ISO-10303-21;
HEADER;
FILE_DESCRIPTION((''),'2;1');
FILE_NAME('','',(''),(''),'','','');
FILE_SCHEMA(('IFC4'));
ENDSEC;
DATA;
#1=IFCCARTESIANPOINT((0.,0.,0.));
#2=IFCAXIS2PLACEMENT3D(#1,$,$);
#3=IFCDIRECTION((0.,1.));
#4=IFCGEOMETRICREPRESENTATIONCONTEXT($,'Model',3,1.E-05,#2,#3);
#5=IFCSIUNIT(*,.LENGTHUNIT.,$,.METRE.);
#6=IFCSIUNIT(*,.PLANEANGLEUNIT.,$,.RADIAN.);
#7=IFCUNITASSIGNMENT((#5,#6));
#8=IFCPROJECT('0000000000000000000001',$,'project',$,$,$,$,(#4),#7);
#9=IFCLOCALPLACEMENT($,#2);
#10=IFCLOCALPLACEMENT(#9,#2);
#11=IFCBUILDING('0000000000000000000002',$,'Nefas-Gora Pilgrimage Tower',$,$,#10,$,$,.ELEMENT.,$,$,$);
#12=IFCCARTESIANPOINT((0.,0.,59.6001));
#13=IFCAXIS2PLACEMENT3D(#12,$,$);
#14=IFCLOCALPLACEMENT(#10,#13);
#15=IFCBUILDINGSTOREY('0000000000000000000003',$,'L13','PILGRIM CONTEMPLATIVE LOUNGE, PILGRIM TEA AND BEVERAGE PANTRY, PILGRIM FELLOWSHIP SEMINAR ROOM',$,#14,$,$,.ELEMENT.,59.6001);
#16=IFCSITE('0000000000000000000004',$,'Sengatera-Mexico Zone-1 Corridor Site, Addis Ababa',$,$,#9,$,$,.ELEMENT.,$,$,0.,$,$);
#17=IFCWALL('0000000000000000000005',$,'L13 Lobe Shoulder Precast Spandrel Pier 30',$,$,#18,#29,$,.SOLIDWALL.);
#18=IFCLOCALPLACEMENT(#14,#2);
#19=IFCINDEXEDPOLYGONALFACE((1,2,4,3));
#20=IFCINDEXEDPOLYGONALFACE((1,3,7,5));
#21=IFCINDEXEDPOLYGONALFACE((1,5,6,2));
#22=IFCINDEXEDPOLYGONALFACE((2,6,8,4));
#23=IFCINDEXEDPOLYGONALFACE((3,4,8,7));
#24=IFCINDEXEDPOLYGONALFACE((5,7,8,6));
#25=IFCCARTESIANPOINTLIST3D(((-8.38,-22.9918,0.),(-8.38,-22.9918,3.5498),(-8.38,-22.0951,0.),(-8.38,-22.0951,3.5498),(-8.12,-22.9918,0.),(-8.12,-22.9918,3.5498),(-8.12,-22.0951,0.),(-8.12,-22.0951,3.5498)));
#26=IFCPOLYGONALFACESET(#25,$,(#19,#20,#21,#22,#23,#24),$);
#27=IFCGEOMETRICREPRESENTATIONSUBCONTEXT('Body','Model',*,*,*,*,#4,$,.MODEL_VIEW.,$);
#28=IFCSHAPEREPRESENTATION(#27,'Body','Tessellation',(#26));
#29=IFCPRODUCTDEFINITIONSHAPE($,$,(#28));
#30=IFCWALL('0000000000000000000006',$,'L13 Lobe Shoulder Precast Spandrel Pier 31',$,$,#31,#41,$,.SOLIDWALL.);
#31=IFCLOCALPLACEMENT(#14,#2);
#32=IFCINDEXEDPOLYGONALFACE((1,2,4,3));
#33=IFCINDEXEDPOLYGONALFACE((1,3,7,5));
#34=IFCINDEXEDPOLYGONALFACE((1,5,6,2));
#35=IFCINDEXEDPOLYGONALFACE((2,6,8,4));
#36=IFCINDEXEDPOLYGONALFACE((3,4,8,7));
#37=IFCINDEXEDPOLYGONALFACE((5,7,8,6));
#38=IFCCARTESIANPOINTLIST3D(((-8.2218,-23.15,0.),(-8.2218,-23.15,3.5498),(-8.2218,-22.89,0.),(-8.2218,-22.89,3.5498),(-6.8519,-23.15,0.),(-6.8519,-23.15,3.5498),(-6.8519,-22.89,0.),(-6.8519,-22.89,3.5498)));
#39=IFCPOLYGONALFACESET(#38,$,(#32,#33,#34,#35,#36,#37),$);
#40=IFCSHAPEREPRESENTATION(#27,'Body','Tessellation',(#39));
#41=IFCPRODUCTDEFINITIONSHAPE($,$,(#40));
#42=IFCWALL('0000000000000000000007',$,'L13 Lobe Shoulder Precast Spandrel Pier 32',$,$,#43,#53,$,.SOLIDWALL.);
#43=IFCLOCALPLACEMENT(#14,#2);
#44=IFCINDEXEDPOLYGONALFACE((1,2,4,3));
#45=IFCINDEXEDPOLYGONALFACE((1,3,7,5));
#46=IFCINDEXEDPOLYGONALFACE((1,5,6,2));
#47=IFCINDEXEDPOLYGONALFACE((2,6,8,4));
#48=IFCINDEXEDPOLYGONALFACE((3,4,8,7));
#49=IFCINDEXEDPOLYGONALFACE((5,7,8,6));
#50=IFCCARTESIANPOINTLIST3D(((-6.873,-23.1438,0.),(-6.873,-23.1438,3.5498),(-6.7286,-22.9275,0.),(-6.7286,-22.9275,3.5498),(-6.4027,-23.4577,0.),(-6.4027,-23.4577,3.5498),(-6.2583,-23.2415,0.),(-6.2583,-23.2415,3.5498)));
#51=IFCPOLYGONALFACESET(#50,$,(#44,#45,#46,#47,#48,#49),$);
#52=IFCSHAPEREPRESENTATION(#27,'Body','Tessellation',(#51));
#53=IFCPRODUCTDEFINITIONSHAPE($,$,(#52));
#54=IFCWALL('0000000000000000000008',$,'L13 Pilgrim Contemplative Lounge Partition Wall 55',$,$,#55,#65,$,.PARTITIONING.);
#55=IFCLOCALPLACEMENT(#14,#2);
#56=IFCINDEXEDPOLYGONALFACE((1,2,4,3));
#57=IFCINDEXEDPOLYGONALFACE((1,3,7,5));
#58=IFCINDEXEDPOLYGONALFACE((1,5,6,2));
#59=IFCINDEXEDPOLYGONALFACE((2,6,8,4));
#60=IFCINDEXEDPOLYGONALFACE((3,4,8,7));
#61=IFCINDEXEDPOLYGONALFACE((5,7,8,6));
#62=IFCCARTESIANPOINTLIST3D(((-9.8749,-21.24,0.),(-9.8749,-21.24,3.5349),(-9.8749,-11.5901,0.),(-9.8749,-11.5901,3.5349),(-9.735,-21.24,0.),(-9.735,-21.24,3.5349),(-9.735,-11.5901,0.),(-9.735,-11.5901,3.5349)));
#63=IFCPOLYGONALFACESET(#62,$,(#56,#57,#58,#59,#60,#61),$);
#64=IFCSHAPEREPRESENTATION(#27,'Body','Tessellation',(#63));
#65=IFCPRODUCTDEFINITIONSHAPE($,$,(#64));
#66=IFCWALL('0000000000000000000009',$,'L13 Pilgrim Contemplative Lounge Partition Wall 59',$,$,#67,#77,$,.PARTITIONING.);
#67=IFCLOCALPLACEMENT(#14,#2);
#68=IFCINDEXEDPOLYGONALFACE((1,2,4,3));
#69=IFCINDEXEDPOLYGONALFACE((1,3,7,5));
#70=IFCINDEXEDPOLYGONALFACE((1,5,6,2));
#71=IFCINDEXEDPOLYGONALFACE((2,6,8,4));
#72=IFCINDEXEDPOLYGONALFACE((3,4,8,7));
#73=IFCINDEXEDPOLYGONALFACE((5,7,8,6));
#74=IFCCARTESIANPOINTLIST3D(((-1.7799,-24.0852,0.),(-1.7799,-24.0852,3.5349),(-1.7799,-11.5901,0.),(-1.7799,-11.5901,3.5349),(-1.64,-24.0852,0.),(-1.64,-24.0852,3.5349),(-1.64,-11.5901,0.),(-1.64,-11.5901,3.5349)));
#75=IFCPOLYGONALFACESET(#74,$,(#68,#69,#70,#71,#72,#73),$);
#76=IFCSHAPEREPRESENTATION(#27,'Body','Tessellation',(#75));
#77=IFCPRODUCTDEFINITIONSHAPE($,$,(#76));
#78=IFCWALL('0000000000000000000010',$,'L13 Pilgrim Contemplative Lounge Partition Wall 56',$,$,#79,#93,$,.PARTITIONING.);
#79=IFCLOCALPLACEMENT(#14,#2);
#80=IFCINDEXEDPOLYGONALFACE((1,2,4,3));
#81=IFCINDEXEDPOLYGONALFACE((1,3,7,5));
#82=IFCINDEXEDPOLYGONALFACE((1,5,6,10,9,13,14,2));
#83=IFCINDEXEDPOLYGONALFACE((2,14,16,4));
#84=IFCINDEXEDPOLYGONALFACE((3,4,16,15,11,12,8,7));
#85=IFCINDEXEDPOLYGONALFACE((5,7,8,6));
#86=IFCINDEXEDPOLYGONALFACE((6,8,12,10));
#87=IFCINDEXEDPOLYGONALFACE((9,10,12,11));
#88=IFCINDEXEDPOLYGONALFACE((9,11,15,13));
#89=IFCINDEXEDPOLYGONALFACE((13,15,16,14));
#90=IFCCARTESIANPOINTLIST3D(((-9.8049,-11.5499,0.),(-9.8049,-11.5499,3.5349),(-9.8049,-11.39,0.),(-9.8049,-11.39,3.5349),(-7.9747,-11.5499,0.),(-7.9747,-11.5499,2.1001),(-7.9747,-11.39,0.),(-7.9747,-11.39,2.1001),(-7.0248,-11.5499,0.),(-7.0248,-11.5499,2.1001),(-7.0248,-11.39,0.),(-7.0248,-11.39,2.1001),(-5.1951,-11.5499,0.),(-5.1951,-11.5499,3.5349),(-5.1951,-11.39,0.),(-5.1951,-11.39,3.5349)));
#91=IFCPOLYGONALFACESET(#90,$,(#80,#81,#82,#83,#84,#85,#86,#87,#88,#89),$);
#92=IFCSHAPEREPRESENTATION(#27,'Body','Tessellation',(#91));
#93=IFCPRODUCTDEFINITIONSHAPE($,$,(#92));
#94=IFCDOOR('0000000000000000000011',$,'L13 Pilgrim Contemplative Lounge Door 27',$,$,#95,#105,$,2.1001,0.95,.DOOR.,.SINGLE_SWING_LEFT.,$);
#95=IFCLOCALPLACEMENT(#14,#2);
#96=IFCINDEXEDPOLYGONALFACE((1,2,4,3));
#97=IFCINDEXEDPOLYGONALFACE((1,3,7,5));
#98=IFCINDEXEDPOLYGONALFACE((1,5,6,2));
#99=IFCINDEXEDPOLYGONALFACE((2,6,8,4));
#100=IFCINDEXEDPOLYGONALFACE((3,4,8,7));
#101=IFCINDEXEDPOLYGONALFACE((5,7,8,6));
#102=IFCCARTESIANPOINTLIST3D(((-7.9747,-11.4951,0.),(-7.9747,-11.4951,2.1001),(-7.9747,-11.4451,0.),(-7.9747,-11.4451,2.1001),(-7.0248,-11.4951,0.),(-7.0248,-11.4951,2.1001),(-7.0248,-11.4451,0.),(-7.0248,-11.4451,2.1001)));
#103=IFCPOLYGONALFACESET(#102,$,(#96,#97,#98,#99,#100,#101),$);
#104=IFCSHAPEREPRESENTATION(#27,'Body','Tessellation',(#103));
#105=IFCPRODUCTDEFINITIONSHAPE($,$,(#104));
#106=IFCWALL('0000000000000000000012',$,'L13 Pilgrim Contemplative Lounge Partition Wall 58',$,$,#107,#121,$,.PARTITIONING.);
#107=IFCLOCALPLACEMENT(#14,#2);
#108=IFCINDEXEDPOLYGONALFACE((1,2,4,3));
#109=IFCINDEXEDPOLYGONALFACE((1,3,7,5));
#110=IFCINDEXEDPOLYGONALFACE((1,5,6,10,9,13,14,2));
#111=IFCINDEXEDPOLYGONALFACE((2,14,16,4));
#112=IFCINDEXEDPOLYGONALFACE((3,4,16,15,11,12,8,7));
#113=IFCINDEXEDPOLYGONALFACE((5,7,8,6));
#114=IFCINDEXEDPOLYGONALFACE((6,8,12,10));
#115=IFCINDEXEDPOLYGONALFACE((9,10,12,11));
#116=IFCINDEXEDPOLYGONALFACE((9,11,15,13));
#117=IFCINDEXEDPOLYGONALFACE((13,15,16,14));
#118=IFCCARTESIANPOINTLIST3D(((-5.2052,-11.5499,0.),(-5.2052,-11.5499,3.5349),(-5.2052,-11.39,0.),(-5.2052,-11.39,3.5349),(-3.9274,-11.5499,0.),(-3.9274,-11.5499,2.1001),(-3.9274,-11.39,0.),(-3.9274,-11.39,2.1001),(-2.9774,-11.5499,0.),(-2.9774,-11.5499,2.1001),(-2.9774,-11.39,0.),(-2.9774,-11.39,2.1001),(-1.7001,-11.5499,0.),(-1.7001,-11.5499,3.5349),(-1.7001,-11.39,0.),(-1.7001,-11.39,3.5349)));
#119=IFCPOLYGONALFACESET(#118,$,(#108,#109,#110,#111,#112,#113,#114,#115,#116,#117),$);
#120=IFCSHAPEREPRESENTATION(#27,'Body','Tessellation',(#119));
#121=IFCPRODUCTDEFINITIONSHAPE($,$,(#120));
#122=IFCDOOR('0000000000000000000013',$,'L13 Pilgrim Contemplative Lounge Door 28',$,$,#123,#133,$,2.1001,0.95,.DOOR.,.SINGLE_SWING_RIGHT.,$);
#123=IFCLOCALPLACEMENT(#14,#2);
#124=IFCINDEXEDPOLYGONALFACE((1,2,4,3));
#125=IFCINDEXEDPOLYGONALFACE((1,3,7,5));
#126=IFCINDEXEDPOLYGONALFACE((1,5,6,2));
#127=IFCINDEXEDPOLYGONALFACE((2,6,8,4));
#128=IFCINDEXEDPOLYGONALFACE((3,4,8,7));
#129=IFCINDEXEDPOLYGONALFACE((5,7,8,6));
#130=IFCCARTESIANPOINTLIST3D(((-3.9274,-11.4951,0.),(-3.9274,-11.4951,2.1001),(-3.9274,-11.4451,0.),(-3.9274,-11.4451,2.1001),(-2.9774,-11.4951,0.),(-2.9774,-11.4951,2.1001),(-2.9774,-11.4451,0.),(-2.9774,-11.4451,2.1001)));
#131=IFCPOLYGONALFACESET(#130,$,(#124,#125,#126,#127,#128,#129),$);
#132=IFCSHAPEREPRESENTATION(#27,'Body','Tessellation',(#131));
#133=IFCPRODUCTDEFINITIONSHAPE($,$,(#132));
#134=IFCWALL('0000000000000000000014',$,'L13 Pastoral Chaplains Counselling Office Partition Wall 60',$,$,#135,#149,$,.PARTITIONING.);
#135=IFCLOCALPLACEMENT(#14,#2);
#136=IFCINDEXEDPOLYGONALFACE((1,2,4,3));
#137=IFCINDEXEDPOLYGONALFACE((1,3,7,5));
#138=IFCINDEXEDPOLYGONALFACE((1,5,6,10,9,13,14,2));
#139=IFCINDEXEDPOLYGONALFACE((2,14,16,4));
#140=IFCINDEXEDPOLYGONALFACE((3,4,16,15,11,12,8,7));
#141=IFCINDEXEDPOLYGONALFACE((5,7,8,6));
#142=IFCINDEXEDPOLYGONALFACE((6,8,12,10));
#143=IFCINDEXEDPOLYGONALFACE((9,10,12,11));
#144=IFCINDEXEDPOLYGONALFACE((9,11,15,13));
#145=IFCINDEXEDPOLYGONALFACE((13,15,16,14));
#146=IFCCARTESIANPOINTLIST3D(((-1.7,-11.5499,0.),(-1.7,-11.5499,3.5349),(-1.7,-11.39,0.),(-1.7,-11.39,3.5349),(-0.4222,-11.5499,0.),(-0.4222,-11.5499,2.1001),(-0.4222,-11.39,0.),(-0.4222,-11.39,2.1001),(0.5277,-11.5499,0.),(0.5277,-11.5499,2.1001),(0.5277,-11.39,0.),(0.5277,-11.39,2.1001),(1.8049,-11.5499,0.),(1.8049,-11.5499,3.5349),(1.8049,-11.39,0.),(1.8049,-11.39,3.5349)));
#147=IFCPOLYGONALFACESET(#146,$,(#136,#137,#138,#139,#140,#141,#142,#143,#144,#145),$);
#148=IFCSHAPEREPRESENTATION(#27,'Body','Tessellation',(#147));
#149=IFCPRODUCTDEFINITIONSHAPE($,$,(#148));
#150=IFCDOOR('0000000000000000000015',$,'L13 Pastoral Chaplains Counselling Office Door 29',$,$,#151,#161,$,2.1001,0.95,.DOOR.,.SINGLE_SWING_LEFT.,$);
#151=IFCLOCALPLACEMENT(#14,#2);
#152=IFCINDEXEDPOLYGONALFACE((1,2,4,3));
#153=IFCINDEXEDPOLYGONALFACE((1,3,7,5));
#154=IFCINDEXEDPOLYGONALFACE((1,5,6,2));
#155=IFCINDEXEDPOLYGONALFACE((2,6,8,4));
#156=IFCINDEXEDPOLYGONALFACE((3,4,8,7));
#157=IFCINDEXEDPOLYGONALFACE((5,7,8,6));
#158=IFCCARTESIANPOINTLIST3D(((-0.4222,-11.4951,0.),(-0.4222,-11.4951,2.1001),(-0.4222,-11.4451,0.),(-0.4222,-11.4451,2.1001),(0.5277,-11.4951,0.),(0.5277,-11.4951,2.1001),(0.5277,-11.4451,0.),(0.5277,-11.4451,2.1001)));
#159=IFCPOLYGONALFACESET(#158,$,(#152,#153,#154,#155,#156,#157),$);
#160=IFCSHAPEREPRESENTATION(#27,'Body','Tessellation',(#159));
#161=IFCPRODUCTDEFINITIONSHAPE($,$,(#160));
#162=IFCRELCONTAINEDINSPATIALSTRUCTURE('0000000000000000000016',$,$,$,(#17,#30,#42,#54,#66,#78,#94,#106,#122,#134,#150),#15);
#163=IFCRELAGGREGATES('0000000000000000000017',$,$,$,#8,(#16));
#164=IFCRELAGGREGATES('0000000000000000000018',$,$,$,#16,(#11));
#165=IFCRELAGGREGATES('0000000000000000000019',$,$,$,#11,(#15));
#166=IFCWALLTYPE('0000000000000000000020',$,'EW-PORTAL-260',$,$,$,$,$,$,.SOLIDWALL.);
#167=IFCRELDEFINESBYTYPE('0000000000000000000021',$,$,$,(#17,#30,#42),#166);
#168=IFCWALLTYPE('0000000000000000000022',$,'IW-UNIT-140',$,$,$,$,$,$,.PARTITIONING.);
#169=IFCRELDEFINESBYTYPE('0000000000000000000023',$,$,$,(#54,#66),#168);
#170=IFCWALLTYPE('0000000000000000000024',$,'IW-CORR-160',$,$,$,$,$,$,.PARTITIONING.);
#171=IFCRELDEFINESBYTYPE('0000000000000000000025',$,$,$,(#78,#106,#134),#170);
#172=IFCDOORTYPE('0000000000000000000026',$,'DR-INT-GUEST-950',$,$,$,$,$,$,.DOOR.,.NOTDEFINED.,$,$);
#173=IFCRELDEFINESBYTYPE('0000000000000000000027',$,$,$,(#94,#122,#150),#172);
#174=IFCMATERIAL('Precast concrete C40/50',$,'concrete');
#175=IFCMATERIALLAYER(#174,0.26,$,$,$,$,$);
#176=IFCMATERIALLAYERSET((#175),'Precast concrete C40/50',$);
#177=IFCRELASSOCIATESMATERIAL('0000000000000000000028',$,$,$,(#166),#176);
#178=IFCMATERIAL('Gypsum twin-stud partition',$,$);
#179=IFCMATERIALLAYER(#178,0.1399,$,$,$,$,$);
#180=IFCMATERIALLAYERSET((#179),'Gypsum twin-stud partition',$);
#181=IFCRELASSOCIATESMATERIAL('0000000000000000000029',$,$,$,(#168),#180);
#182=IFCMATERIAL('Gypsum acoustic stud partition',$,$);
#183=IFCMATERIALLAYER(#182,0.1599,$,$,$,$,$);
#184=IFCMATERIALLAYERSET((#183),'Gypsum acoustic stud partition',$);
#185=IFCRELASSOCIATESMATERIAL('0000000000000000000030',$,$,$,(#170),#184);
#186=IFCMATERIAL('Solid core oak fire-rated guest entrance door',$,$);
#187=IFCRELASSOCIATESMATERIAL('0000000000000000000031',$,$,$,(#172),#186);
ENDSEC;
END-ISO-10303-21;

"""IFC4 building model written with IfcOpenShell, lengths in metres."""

from ifc_helpers import new_model, si_unit, direction, frame, frame_2d, origin, place, context, subcontext, project, spatial, rectangle, extrude, source, transform, mapped, material, layer, layer_set, type_object, element, fill, save


model = new_model("IFC4")

# Units and contexts
model_context = context("Model", 3, precision=1e-05, world=origin(), true_north=direction((0.0, 1.0)))
body_context = subcontext(model_context, "Body", "Model", "MODEL_VIEW")
ifc_project = project(units=[si_unit("LENGTHUNIT", "METRE"), si_unit("PLANEANGLEUNIT", "RADIAN")], contexts=[model_context])

# Site, building, storey
site_placement = place(None, origin())
site = spatial("IfcSite", under=ifc_project, at=site_placement, Name="Sengatera-Mexico Zone-1 Corridor Site, Addis Ababa", CompositionType="ELEMENT", RefElevation=0.0)
building_placement = place(site_placement, origin())
building = spatial("IfcBuilding", under=site, at=building_placement, Name="Nefas-Gora Pilgrimage Tower", CompositionType="ELEMENT")
storey_placement = place(building_placement, frame((0.0, 0.0, 59.6001)))
storey = spatial("IfcBuildingStorey", under=building, at=storey_placement, Name="L13", Description="PILGRIM CONTEMPLATIVE LOUNGE, PILGRIM TEA AND BEVERAGE PANTRY, PILGRIM FELLOWSHIP SEMINAR ROOM", CompositionType="ELEMENT", Elevation=59.6001)

# Walls
ifc_material_1 = material(Name="Precast concrete C40/50", Category="concrete")
ifc_layer_1 = layer(ifc_material_1, 0.26)
ifc_layer_set_1 = layer_set([ifc_layer_1], Name="Precast concrete C40/50")
wall_type_1 = type_object("IfcWallType", Name="EW-PORTAL-260", PredefinedType="SOLIDWALL", material=ifc_layer_set_1)
shared_shape_1 = source(origin(), body_context, "Body", "SweptSolid", [
    extrude(rectangle(XDim=0.8967, YDim=0.26, at=frame_2d((0.4482, 0.0))), origin(), (0.0, 0.0, 1.0), 3.5498),
])
wall_1_placement = place(storey_placement, frame((-8.25, -22.0952, 0.0), z_axis=(0.0, 0.0, 1.0), x_axis=(0.0, -1.0, 0.0)))
element("IfcWall", 1, at=wall_1_placement, inside=storey, type_object=wall_type_1, Name="L13 Lobe Shoulder Precast Spandrel Pier 30", PredefinedType="SOLIDWALL", context=body_context, shape_type="MappedRepresentation", body=[
    mapped(shared_shape_1, transform((0.0, 0.0, 0.0), x_axis=(1.0, 0.0, 0.0), y_axis=(0.0, 1.0, 0.0), z_axis=(0.0, 0.0, 1.0), scale=1.0)),
])
shared_shape_2 = source(origin(), body_context, "Body", "SweptSolid", [
    extrude(rectangle(XDim=1.3699, YDim=0.26, at=frame_2d((0.6851, 0.0))), origin(), (0.0, 0.0, 1.0), 3.5498),
])
wall_2_placement = place(storey_placement, frame((-8.2219, -23.02, 0.0), z_axis=(0.0, 0.0, 1.0), x_axis=(1.0, 0.0, 0.0)))
element("IfcWall", 2, at=wall_2_placement, inside=storey, type_object=wall_type_1, Name="L13 Lobe Shoulder Precast Spandrel Pier 31", PredefinedType="SOLIDWALL", context=body_context, shape_type="MappedRepresentation", body=[
    mapped(shared_shape_2, transform((0.0, 0.0, 0.0), x_axis=(1.0, 0.0, 0.0), y_axis=(0.0, 1.0, 0.0), z_axis=(0.0, 0.0, 1.0), scale=1.0)),
])
shared_shape_3 = source(origin(), body_context, "Body", "SweptSolid", [
    extrude(rectangle(XDim=0.5654, YDim=0.26, at=frame_2d((0.2827, 0.0))), origin(), (0.0, 0.0, 1.0), 3.5498),
])
wall_3_placement = place(storey_placement, frame((-6.8008, -23.0356, 0.0), z_axis=(0.0, 0.0, 1.0), x_axis=(0.831651, -0.555298, 0.0)))
element("IfcWall", 3, at=wall_3_placement, inside=storey, type_object=wall_type_1, Name="L13 Lobe Shoulder Precast Spandrel Pier 32", PredefinedType="SOLIDWALL", context=body_context, shape_type="MappedRepresentation", body=[
    mapped(shared_shape_3, transform((0.0, 0.0, 0.0), x_axis=(1.0, 0.0, 0.0), y_axis=(0.0, 1.0, 0.0), z_axis=(0.0, 0.0, 1.0), scale=1.0)),
])
ifc_material_2 = material(Name="Gypsum twin-stud partition")
ifc_layer_2 = layer(ifc_material_2, 0.1399)
ifc_layer_set_2 = layer_set([ifc_layer_2], Name="Gypsum twin-stud partition")
wall_type_2 = type_object("IfcWallType", Name="IW-UNIT-140", PredefinedType="PARTITIONING", material=ifc_layer_set_2)
shared_shape_4 = source(origin(), body_context, "Body", "SweptSolid", [
    extrude(rectangle(XDim=9.6499, YDim=0.1399, at=frame_2d((4.825, 0.0))), origin(), (0.0, 0.0, 1.0), 3.5349),
])
wall_4_placement = place(storey_placement, frame((-9.8049, -21.24, 0.0), z_axis=(0.0, 0.0, 1.0), x_axis=(0.0, 1.0, 0.0)))
element("IfcWall", 4, at=wall_4_placement, inside=storey, type_object=wall_type_2, Name="L13 Pilgrim Contemplative Lounge Partition Wall 55", PredefinedType="PARTITIONING", context=body_context, shape_type="MappedRepresentation", body=[
    mapped(shared_shape_4, transform((0.0, 0.0, 0.0), x_axis=(1.0, 0.0, 0.0), y_axis=(0.0, 1.0, 0.0), z_axis=(0.0, 0.0, 1.0), scale=1.0)),
])
shared_shape_5 = source(origin(), body_context, "Body", "SweptSolid", [
    extrude(rectangle(XDim=12.4951, YDim=0.1399, at=frame_2d((6.2476, 0.0))), origin(), (0.0, 0.0, 1.0), 3.5349),
])
wall_5_placement = place(storey_placement, frame((-1.71, -24.0852, 0.0), z_axis=(0.0, 0.0, 1.0), x_axis=(0.0, 1.0, 0.0)))
element("IfcWall", 5, at=wall_5_placement, inside=storey, type_object=wall_type_2, Name="L13 Pilgrim Contemplative Lounge Partition Wall 59", PredefinedType="PARTITIONING", context=body_context, shape_type="MappedRepresentation", body=[
    mapped(shared_shape_5, transform((0.0, 0.0, 0.0), x_axis=(1.0, 0.0, 0.0), y_axis=(0.0, 1.0, 0.0), z_axis=(0.0, 0.0, 1.0), scale=1.0)),
])

# Walls, openings, doors
ifc_material_3 = material(Name="Gypsum acoustic stud partition")
ifc_layer_3 = layer(ifc_material_3, 0.1599)
ifc_layer_set_3 = layer_set([ifc_layer_3], Name="Gypsum acoustic stud partition")
wall_type_3 = type_object("IfcWallType", Name="IW-CORR-160", PredefinedType="PARTITIONING", material=ifc_layer_set_3)
shared_shape_6 = source(origin(), body_context, "Body", "SweptSolid", [
    extrude(rectangle(XDim=4.6099, YDim=0.1599, at=frame_2d((2.3049, 0.0))), origin(), (0.0, 0.0, 1.0), 3.5349),
])
wall_6_placement = place(storey_placement, frame((-9.8049, -11.47, 0.0), z_axis=(0.0, 0.0, 1.0), x_axis=(1.0, 0.0, 0.0)))
wall_6 = element("IfcWall", 6, at=wall_6_placement, inside=storey, type_object=wall_type_3, Name="L13 Pilgrim Contemplative Lounge Partition Wall 56", PredefinedType="PARTITIONING", context=body_context, shape_type="MappedRepresentation", body=[
    mapped(shared_shape_6, transform((0.0, 0.0, 0.0), x_axis=(1.0, 0.0, 0.0), y_axis=(0.0, 1.0, 0.0), z_axis=(0.0, 0.0, 1.0), scale=1.0)),
])
opening_1_placement = place(wall_6_placement, frame((1.8301, 0.0, 0.0)))
opening_1 = element("IfcOpeningElement", 7, at=opening_1_placement, cuts=wall_6, PredefinedType="OPENING", context=body_context, shape_type="SweptSolid", body=[
    extrude(rectangle(XDim=0.95, YDim=2.1001, at=frame_2d((0.4751, 1.05))), frame((0.0, 0.0898, 0.0), z_axis=(0.0, -1.0, 0.0), x_axis=(1.0, 0.0, 0.0)), (0.0, 0.0, 1.0), 0.1799),
])
ifc_material_4 = material(Name="Solid core oak fire-rated guest entrance door")
door_type = type_object("IfcDoorType", Name="DR-INT-GUEST-950", OperationType="NOTDEFINED", PredefinedType="DOOR", material=ifc_material_4)
shared_shape_7 = source(origin(), body_context, "Body", "SweptSolid", [
    extrude(rectangle(XDim=0.95, YDim=2.1001, at=frame_2d((0.4751, 1.05))), frame((0.0, 0.0249, 0.0), z_axis=(0.0, -1.0, 0.0), x_axis=(1.0, 0.0, 0.0)), (0.0, 0.0, 1.0), 0.05),
])
door_1_placement = place(opening_1_placement, origin())
door_1 = element("IfcDoor", 8, at=door_1_placement, inside=storey, type_object=door_type, Name="L13 Pilgrim Contemplative Lounge Door 27", OperationType="SINGLE_SWING_LEFT", OverallHeight=2.1001, OverallWidth=0.95, PredefinedType="DOOR", context=body_context, shape_type="MappedRepresentation", body=[
    mapped(shared_shape_7, transform((0.0, 0.0, 0.0), x_axis=(1.0, 0.0, 0.0), y_axis=(0.0, 1.0, 0.0), z_axis=(0.0, 0.0, 1.0), scale=1.0)),
])
fill(opening_1, door_1)
shared_shape_8 = source(origin(), body_context, "Body", "SweptSolid", [
    extrude(rectangle(XDim=3.5051, YDim=0.1599, at=frame_2d((1.7524, 0.0))), origin(), (0.0, 0.0, 1.0), 3.5349),
])
wall_7_placement = place(storey_placement, frame((-5.2051, -11.47, 0.0), z_axis=(0.0, 0.0, 1.0), x_axis=(1.0, 0.0, 0.0)))
wall_7 = element("IfcWall", 9, at=wall_7_placement, inside=storey, type_object=wall_type_3, Name="L13 Pilgrim Contemplative Lounge Partition Wall 58", PredefinedType="PARTITIONING", context=body_context, shape_type="MappedRepresentation", body=[
    mapped(shared_shape_8, transform((0.0, 0.0, 0.0), x_axis=(1.0, 0.0, 0.0), y_axis=(0.0, 1.0, 0.0), z_axis=(0.0, 0.0, 1.0), scale=1.0)),
])
opening_2_placement = place(wall_7_placement, frame((1.2776, 0.0, 0.0)))
opening_2 = element("IfcOpeningElement", 10, at=opening_2_placement, cuts=wall_7, PredefinedType="OPENING", context=body_context, shape_type="SweptSolid", body=[
    extrude(rectangle(XDim=0.95, YDim=2.1001, at=frame_2d((0.4751, 1.05))), frame((0.0, 0.0898, 0.0), z_axis=(0.0, -1.0, 0.0), x_axis=(1.0, 0.0, 0.0)), (0.0, 0.0, 1.0), 0.1799),
])
door_2_placement = place(opening_2_placement, origin())
door_2 = element("IfcDoor", 11, at=door_2_placement, inside=storey, type_object=door_type, Name="L13 Pilgrim Contemplative Lounge Door 28", OperationType="SINGLE_SWING_RIGHT", OverallHeight=2.1001, OverallWidth=0.95, PredefinedType="DOOR", context=body_context, shape_type="MappedRepresentation", body=[
    mapped(shared_shape_7, transform((0.0, 0.0, 0.0), x_axis=(1.0, 0.0, 0.0), y_axis=(0.0, 1.0, 0.0), z_axis=(0.0, 0.0, 1.0), scale=1.0)),
])
fill(opening_2, door_2)
shared_shape_9 = source(origin(), body_context, "Body", "SweptSolid", [
    extrude(rectangle(XDim=3.5049, YDim=0.1599, at=frame_2d((1.7524, 0.0))), origin(), (0.0, 0.0, 1.0), 3.5349),
])
wall_8_placement = place(storey_placement, frame((-1.7, -11.47, 0.0), z_axis=(0.0, 0.0, 1.0), x_axis=(1.0, 0.0, 0.0)))
wall_8 = element("IfcWall", 12, at=wall_8_placement, inside=storey, type_object=wall_type_3, Name="L13 Pastoral Chaplains Counselling Office Partition Wall 60", PredefinedType="PARTITIONING", context=body_context, shape_type="MappedRepresentation", body=[
    mapped(shared_shape_9, transform((0.0, 0.0, 0.0), x_axis=(1.0, 0.0, 0.0), y_axis=(0.0, 1.0, 0.0), z_axis=(0.0, 0.0, 1.0), scale=1.0)),
])
opening_3_placement = place(wall_8_placement, frame((1.2776, 0.0, 0.0)))
opening_3 = element("IfcOpeningElement", 13, at=opening_3_placement, cuts=wall_8, PredefinedType="OPENING", context=body_context, shape_type="SweptSolid", body=[
    extrude(rectangle(XDim=0.95, YDim=2.1001, at=frame_2d((0.4751, 1.05))), frame((0.0, 0.0898, 0.0), z_axis=(0.0, -1.0, 0.0), x_axis=(1.0, 0.0, 0.0)), (0.0, 0.0, 1.0), 0.1799),
])
door_3_placement = place(opening_3_placement, origin())
door_3 = element("IfcDoor", 14, at=door_3_placement, inside=storey, type_object=door_type, Name="L13 Pastoral Chaplains Counselling Office Door 29", OperationType="SINGLE_SWING_LEFT", OverallHeight=2.1001, OverallWidth=0.95, PredefinedType="DOOR", context=body_context, shape_type="MappedRepresentation", body=[
    mapped(shared_shape_7, transform((0.0, 0.0, 0.0), x_axis=(1.0, 0.0, 0.0), y_axis=(0.0, 1.0, 0.0), z_axis=(0.0, 0.0, 1.0), scale=1.0)),
])
fill(opening_3, door_3)

save(model, "model.ifc")
